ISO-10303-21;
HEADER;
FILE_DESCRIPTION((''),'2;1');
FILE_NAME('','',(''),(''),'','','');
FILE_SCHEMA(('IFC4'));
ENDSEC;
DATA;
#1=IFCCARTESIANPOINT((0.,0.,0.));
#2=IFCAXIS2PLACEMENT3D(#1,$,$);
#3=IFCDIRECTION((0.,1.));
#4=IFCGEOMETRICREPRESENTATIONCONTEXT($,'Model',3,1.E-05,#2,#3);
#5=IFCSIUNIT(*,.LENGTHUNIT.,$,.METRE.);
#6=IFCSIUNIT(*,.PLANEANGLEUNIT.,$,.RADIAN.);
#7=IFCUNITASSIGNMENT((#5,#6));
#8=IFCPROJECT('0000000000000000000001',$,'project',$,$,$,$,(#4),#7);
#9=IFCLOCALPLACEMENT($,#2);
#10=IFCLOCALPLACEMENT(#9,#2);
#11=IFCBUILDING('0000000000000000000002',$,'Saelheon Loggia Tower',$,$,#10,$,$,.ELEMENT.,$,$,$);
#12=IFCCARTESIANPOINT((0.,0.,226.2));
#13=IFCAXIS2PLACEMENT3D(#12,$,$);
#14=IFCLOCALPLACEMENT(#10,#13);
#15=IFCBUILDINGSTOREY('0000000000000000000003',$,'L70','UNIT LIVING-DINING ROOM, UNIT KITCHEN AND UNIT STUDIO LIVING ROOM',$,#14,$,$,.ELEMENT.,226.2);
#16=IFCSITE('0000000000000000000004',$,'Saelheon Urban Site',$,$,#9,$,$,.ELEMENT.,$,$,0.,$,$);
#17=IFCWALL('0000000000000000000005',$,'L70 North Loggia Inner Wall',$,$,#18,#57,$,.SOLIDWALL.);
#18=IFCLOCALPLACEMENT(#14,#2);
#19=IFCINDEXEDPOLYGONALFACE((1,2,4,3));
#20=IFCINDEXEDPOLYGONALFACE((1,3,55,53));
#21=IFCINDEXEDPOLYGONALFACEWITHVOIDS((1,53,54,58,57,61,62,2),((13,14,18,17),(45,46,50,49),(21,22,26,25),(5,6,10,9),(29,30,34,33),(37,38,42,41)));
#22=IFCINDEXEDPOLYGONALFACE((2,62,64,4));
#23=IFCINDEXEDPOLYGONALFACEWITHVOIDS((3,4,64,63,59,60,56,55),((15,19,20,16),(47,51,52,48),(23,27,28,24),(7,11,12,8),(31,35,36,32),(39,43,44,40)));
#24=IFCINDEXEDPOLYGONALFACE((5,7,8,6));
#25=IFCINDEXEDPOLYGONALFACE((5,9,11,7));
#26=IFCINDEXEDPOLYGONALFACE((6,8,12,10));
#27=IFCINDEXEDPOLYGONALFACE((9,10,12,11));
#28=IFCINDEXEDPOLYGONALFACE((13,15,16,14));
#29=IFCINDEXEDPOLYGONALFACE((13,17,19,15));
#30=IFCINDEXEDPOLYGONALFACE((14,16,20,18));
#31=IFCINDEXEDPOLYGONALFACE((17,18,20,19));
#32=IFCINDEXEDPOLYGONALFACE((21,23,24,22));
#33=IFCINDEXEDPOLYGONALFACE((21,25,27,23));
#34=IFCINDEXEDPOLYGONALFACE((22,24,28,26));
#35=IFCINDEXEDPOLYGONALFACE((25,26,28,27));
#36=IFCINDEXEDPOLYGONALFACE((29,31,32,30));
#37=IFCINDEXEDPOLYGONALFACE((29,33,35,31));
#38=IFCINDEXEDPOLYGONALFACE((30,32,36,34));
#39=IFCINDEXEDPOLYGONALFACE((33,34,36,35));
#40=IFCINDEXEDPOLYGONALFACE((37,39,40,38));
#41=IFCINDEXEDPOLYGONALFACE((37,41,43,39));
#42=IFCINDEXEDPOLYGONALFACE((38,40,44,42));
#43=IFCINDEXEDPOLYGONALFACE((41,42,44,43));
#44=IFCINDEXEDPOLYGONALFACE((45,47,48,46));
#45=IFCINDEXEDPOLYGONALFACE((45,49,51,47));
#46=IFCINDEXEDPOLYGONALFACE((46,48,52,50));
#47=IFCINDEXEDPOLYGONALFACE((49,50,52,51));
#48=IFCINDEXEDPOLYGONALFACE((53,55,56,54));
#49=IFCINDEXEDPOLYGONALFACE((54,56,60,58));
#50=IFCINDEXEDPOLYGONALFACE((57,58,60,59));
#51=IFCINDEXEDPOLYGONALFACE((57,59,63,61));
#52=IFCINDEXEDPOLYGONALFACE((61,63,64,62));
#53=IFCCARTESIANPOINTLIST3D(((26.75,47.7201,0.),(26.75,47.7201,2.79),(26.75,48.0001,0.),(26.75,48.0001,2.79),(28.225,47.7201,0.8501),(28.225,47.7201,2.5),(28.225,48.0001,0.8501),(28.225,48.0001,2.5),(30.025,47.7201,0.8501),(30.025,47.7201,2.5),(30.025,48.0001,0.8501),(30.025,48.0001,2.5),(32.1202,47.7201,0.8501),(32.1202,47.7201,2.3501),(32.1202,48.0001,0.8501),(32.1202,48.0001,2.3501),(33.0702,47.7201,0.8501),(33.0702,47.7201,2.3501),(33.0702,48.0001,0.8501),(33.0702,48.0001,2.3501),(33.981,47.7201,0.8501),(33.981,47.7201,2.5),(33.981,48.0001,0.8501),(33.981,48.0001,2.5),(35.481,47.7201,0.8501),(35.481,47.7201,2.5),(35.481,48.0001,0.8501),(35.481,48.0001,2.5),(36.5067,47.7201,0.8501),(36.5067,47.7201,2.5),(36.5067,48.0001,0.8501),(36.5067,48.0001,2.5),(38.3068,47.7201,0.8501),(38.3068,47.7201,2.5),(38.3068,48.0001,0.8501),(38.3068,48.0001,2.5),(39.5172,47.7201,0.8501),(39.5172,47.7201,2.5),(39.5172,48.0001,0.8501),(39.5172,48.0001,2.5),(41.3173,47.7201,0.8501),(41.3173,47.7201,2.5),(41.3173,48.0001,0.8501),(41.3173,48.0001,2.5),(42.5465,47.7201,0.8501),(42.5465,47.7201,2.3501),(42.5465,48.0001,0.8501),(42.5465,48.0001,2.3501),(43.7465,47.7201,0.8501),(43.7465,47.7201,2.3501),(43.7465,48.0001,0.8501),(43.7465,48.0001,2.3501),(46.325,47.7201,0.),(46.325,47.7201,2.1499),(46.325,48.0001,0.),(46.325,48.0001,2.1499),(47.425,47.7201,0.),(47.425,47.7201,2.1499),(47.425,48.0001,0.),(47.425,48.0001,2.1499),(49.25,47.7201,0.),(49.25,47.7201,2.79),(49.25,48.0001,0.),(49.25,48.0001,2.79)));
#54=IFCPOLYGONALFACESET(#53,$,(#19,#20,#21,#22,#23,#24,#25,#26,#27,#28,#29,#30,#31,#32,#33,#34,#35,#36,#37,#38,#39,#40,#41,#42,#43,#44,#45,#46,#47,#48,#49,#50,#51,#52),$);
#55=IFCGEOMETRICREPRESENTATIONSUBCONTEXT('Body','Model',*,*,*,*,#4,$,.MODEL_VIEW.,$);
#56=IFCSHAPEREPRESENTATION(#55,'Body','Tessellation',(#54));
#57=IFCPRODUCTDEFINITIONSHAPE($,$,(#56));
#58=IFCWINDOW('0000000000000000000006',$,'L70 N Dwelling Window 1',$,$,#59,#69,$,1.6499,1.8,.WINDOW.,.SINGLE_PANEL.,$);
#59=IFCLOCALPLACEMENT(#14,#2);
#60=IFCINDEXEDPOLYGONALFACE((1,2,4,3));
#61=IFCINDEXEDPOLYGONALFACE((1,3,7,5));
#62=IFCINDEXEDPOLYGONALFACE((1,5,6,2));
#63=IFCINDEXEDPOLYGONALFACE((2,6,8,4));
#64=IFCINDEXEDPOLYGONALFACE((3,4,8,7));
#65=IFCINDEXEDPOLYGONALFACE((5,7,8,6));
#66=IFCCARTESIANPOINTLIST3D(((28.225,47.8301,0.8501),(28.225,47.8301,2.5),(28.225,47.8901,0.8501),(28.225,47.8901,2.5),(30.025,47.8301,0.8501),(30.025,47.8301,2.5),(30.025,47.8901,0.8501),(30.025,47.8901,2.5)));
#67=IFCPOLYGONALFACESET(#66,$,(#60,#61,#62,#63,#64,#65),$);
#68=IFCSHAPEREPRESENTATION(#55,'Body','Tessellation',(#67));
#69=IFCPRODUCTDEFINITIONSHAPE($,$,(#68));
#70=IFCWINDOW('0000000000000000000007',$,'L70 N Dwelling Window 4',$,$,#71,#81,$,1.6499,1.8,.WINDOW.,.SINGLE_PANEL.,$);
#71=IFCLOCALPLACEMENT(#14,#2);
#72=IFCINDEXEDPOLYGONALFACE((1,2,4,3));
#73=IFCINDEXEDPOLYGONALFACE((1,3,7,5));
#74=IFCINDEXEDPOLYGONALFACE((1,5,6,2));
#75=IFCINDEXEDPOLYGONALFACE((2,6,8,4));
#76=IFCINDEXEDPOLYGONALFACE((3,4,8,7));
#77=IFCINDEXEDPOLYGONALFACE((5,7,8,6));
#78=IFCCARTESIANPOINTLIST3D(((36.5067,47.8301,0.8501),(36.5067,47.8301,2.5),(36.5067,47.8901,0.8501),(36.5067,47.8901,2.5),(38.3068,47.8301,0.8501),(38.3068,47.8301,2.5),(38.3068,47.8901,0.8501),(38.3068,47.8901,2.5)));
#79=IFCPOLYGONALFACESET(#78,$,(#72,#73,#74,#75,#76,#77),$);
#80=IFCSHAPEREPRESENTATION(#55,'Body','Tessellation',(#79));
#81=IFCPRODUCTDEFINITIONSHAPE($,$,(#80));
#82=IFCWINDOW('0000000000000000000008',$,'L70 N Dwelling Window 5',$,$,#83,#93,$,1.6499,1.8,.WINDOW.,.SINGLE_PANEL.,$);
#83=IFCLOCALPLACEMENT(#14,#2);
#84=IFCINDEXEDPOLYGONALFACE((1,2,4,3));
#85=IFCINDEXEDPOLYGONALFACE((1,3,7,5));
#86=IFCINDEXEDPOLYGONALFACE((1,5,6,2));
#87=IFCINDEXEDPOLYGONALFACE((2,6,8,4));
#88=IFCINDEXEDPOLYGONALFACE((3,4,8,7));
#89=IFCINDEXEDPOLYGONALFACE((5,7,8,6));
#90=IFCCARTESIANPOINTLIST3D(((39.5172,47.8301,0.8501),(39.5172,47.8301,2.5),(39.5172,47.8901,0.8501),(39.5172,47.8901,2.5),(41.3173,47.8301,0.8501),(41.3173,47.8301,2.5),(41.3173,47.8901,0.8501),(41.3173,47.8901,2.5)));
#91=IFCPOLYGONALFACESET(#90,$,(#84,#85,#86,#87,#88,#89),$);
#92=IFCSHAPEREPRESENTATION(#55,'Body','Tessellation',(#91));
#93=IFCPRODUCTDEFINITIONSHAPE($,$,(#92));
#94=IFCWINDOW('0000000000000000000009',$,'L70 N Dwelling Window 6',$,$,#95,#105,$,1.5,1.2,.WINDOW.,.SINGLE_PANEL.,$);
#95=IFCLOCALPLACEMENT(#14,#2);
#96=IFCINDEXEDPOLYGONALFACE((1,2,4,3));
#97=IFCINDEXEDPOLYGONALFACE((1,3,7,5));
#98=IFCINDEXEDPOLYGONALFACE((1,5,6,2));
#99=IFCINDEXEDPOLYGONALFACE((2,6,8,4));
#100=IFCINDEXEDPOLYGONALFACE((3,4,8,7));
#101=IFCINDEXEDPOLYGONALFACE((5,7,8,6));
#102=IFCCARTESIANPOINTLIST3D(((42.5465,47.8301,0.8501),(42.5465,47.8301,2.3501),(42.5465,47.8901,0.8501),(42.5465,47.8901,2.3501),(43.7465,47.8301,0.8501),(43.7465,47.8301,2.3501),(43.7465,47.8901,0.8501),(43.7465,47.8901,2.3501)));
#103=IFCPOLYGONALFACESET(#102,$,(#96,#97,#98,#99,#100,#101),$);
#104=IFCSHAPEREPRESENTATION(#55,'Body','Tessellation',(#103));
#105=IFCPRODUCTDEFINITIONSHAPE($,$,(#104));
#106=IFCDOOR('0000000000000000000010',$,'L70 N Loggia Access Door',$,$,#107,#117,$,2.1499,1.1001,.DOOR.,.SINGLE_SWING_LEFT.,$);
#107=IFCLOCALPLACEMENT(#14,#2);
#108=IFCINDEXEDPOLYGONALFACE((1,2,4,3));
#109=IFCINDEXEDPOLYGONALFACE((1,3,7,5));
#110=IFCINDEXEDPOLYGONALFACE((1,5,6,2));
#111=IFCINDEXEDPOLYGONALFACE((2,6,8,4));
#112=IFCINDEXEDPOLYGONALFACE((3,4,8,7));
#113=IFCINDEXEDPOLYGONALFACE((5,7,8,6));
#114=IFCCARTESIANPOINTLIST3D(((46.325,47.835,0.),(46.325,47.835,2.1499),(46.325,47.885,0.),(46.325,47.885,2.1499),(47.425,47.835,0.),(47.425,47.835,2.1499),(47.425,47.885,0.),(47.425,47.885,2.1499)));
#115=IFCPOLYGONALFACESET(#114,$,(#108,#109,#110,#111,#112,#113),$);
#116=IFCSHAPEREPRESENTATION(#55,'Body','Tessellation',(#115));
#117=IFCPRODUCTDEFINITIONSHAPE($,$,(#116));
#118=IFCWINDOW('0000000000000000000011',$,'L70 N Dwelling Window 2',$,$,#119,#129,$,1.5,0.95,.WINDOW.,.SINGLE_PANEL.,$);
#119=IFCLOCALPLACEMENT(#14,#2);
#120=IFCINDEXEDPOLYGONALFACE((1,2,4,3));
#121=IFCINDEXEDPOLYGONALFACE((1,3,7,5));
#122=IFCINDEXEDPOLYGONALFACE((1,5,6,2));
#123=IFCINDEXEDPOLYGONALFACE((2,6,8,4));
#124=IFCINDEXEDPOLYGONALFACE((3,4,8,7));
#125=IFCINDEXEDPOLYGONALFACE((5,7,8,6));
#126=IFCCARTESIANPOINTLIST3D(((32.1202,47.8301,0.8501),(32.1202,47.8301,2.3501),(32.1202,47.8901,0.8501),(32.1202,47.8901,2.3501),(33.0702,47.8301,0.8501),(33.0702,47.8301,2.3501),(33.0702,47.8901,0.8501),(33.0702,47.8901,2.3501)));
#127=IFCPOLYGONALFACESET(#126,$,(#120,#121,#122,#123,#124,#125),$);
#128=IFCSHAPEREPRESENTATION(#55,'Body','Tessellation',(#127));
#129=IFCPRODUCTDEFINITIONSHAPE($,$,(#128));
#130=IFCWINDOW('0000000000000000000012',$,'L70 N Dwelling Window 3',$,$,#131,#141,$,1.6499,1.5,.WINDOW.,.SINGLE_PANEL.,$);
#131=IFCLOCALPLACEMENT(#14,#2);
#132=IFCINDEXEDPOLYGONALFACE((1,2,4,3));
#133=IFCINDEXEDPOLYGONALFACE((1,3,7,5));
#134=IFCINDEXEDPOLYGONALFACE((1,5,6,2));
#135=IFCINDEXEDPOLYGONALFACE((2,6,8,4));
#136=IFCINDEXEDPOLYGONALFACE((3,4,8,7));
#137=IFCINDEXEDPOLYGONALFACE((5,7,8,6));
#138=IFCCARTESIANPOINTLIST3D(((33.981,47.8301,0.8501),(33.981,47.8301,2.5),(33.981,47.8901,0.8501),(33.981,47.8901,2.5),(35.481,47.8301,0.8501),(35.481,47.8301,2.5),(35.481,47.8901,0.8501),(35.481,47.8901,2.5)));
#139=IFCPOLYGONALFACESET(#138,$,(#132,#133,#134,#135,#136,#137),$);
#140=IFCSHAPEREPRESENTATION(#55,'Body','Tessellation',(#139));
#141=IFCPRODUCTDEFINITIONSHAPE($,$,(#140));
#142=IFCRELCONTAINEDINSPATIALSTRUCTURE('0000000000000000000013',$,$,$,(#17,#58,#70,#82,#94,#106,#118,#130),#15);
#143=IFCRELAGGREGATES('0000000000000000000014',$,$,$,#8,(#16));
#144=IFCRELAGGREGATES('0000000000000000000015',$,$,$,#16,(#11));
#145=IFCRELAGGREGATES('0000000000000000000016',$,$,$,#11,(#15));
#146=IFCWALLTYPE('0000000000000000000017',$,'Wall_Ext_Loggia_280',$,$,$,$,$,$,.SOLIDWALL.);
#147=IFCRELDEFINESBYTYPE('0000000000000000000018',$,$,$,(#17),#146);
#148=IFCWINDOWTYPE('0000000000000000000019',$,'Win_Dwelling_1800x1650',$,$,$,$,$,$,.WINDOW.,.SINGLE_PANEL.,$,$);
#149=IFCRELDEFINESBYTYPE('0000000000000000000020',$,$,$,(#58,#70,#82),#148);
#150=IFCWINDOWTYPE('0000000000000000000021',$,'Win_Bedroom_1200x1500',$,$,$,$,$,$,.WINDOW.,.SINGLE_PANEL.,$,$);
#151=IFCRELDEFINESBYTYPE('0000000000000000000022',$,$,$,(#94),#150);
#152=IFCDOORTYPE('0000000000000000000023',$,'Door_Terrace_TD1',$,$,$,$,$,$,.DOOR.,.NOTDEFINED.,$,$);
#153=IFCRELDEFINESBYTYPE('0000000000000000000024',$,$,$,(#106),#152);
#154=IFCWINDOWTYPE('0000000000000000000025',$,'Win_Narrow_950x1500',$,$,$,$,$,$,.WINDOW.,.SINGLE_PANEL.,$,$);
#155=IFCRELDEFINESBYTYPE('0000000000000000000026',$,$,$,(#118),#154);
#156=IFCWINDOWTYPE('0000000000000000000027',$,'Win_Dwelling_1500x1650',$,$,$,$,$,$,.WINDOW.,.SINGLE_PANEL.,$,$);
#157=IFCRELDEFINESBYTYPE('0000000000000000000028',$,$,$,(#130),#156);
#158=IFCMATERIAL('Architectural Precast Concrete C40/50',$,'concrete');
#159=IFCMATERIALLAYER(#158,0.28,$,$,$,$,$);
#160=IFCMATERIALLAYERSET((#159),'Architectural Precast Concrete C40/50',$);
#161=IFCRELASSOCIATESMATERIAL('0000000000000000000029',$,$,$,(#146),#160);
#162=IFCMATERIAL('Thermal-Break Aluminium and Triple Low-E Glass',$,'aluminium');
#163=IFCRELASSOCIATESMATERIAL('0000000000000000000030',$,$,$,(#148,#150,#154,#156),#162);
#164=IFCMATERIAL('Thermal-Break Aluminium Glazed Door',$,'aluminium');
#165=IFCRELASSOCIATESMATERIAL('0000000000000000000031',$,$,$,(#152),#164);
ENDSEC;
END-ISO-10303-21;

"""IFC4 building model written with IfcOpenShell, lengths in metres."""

from ifc_helpers import new_model, si_unit, direction, frame, frame_2d, origin, place, context, subcontext, project, spatial, rectangle, extrude, source, transform, mapped, material, layer, layer_set, type_object, element, fill, save


model = new_model("IFC4")

# Units and contexts
model_context = context("Model", 3, precision=1e-05, world=origin(), true_north=direction((0.0, 1.0)))
body_context = subcontext(model_context, "Body", "Model", "MODEL_VIEW")
ifc_project = project(units=[si_unit("LENGTHUNIT", "METRE"), si_unit("PLANEANGLEUNIT", "RADIAN")], contexts=[model_context])

# Site, building, storey
site_placement = place(None, origin())
site = spatial("IfcSite", under=ifc_project, at=site_placement, Name="Saelheon Urban Site", CompositionType="ELEMENT", RefElevation=0.0)
building_placement = place(site_placement, origin())
building = spatial("IfcBuilding", under=site, at=building_placement, Name="Saelheon Loggia Tower", CompositionType="ELEMENT")
storey_placement = place(building_placement, frame((0.0, 0.0, 226.2)))
storey = spatial("IfcBuildingStorey", under=building, at=storey_placement, Name="L70", Description="UNIT LIVING-DINING ROOM, UNIT KITCHEN AND UNIT STUDIO LIVING ROOM", CompositionType="ELEMENT", Elevation=226.2)

# Wall, openings, windows, door
ifc_material_1 = material(Name="Architectural Precast Concrete C40/50", Category="concrete")
ifc_layer_1 = layer(ifc_material_1, 0.28)
ifc_layer_set_1 = layer_set([ifc_layer_1], Name="Architectural Precast Concrete C40/50")
wall_type = type_object("IfcWallType", Name="Wall_Ext_Loggia_280", PredefinedType="SOLIDWALL", material=ifc_layer_set_1)
wall_placement = place(storey_placement, frame((26.75, 47.8601, 0.0), z_axis=(0.0, 0.0, 1.0), x_axis=(1.0, 0.0, 0.0)))
wall = element("IfcWall", 1, at=wall_placement, inside=storey, type_object=wall_type, Name="L70 North Loggia Inner Wall", PredefinedType="SOLIDWALL", context=body_context, shape_type="SweptSolid", body=[
    extrude(rectangle(XDim=22.5, YDim=0.28, at=frame_2d((11.25, 0.0))), origin(), (0.0, 0.0, 1.0), 2.79),
])
opening_1_placement = place(wall_placement, frame((1.4751, 0.0, 0.8501)))
opening_1 = element("IfcOpeningElement", 2, at=opening_1_placement, cuts=wall, PredefinedType="OPENING", context=body_context, shape_type="SweptSolid", body=[
    extrude(rectangle(XDim=1.8, YDim=1.6499, at=frame_2d((0.8999, 0.825))), frame((0.0, 0.1521, 0.0), z_axis=(0.0, -1.0, 0.0), x_axis=(1.0, 0.0, 0.0)), (0.0, 0.0, 1.0), 0.304),
])
opening_2_placement = place(wall_placement, frame((5.3701, 0.0, 0.8501)))
opening_2 = element("IfcOpeningElement", 3, at=opening_2_placement, cuts=wall, PredefinedType="OPENING", context=body_context, shape_type="SweptSolid", body=[
    extrude(rectangle(XDim=0.95, YDim=1.5, at=frame_2d((0.4751, 0.75))), frame((0.0, 0.1521, 0.0), z_axis=(0.0, -1.0, 0.0), x_axis=(1.0, 0.0, 0.0)), (0.0, 0.0, 1.0), 0.304),
])
opening_3_placement = place(wall_placement, frame((7.231, 0.0, 0.8501)))
opening_3 = element("IfcOpeningElement", 4, at=opening_3_placement, cuts=wall, PredefinedType="OPENING", context=body_context, shape_type="SweptSolid", body=[
    extrude(rectangle(XDim=1.5, YDim=1.6499, at=frame_2d((0.75, 0.825))), frame((0.0, 0.1521, 0.0), z_axis=(0.0, -1.0, 0.0), x_axis=(1.0, 0.0, 0.0)), (0.0, 0.0, 1.0), 0.304),
])
opening_4_placement = place(wall_placement, frame((9.7568, 0.0, 0.8501)))
opening_4 = element("IfcOpeningElement", 5, at=opening_4_placement, cuts=wall, PredefinedType="OPENING", context=body_context, shape_type="SweptSolid", body=[
    extrude(rectangle(XDim=1.8, YDim=1.6499, at=frame_2d((0.8999, 0.825))), frame((0.0, 0.1521, 0.0), z_axis=(0.0, -1.0, 0.0), x_axis=(1.0, 0.0, 0.0)), (0.0, 0.0, 1.0), 0.304),
])
opening_5_placement = place(wall_placement, frame((12.7673, 0.0, 0.8501)))
opening_5 = element("IfcOpeningElement", 6, at=opening_5_placement, cuts=wall, PredefinedType="OPENING", context=body_context, shape_type="SweptSolid", body=[
    extrude(rectangle(XDim=1.8, YDim=1.6499, at=frame_2d((0.8999, 0.825))), frame((0.0, 0.1521, 0.0), z_axis=(0.0, -1.0, 0.0), x_axis=(1.0, 0.0, 0.0)), (0.0, 0.0, 1.0), 0.304),
])
opening_6_placement = place(wall_placement, frame((15.7964, 0.0, 0.8501)))
opening_6 = element("IfcOpeningElement", 7, at=opening_6_placement, cuts=wall, PredefinedType="OPENING", context=body_context, shape_type="SweptSolid", body=[
    extrude(rectangle(XDim=1.2, YDim=1.5, at=frame_2d((0.6001, 0.75))), frame((0.0, 0.1521, 0.0), z_axis=(0.0, -1.0, 0.0), x_axis=(1.0, 0.0, 0.0)), (0.0, 0.0, 1.0), 0.304),
])
opening_7_placement = place(wall_placement, frame((19.575, 0.0, 0.0)))
opening_7 = element("IfcOpeningElement", 8, at=opening_7_placement, cuts=wall, PredefinedType="OPENING", context=body_context, shape_type="SweptSolid", body=[
    extrude(rectangle(XDim=1.1001, YDim=2.1499, at=frame_2d((0.55, 1.075))), frame((0.0, 0.1521, 0.0), z_axis=(0.0, -1.0, 0.0), x_axis=(1.0, 0.0, 0.0)), (0.0, 0.0, 1.0), 0.304),
])
ifc_material_2 = material(Name="Thermal-Break Aluminium and Triple Low-E Glass", Category="aluminium")
window_type_1 = type_object("IfcWindowType", Name="Win_Dwelling_1800x1650", PartitioningType="SINGLE_PANEL", PredefinedType="WINDOW", material=ifc_material_2)
shared_shape_1 = source(origin(), body_context, "Body", "SweptSolid", [
    extrude(rectangle(XDim=1.8, YDim=1.6499, at=frame_2d((0.8999, 0.825))), frame((0.0, 0.03, 0.0), z_axis=(0.0, -1.0, 0.0), x_axis=(1.0, 0.0, 0.0)), (0.0, 0.0, 1.0), 0.0601),
])
window_1_placement = place(opening_1_placement, origin())
window_1 = element("IfcWindow", 9, at=window_1_placement, inside=storey, type_object=window_type_1, Name="L70 N Dwelling Window 1", OverallHeight=1.6499, OverallWidth=1.8, PartitioningType="SINGLE_PANEL", PredefinedType="WINDOW", context=body_context, shape_type="MappedRepresentation", body=[
    mapped(shared_shape_1, transform((0.0, 0.0, 0.0), scale=1.0)),
])
fill(opening_1, window_1)
window_2_placement = place(opening_4_placement, origin())
window_2 = element("IfcWindow", 10, at=window_2_placement, inside=storey, type_object=window_type_1, Name="L70 N Dwelling Window 4", OverallHeight=1.6499, OverallWidth=1.8, PartitioningType="SINGLE_PANEL", PredefinedType="WINDOW", context=body_context, shape_type="MappedRepresentation", body=[
    mapped(shared_shape_1, transform((0.0, 0.0, 0.0), scale=1.0)),
])
fill(opening_4, window_2)
window_3_placement = place(opening_5_placement, origin())
window_3 = element("IfcWindow", 11, at=window_3_placement, inside=storey, type_object=window_type_1, Name="L70 N Dwelling Window 5", OverallHeight=1.6499, OverallWidth=1.8, PartitioningType="SINGLE_PANEL", PredefinedType="WINDOW", context=body_context, shape_type="MappedRepresentation", body=[
    mapped(shared_shape_1, transform((0.0, 0.0, 0.0), scale=1.0)),
])
fill(opening_5, window_3)
window_type_2 = type_object("IfcWindowType", Name="Win_Bedroom_1200x1500", PartitioningType="SINGLE_PANEL", PredefinedType="WINDOW", material=ifc_material_2)
shared_shape_2 = source(origin(), body_context, "Body", "SweptSolid", [
    extrude(rectangle(XDim=1.2, YDim=1.5, at=frame_2d((0.6001, 0.75))), frame((0.0, 0.03, 0.0), z_axis=(0.0, -1.0, 0.0), x_axis=(1.0, 0.0, 0.0)), (0.0, 0.0, 1.0), 0.0601),
])
window_4_placement = place(opening_6_placement, origin())
window_4 = element("IfcWindow", 12, at=window_4_placement, inside=storey, type_object=window_type_2, Name="L70 N Dwelling Window 6", OverallHeight=1.5, OverallWidth=1.2, PartitioningType="SINGLE_PANEL", PredefinedType="WINDOW", context=body_context, shape_type="MappedRepresentation", body=[
    mapped(shared_shape_2, transform((0.0, 0.0, 0.0), scale=1.0)),
])
fill(opening_6, window_4)
ifc_material_3 = material(Name="Thermal-Break Aluminium Glazed Door", Category="aluminium")
door_type = type_object("IfcDoorType", Name="Door_Terrace_TD1", OperationType="NOTDEFINED", PredefinedType="DOOR", material=ifc_material_3)
shared_shape_3 = source(origin(), body_context, "Body", "SweptSolid", [
    extrude(rectangle(XDim=1.1001, YDim=2.1499, at=frame_2d((0.55, 1.075))), frame((0.0, 0.0249, 0.0), z_axis=(0.0, -1.0, 0.0), x_axis=(1.0, 0.0, 0.0)), (0.0, 0.0, 1.0), 0.05),
])
door_placement = place(opening_7_placement, origin())
door = element("IfcDoor", 13, at=door_placement, inside=storey, type_object=door_type, Name="L70 N Loggia Access Door", OperationType="SINGLE_SWING_LEFT", OverallHeight=2.1499, OverallWidth=1.1001, PredefinedType="DOOR", context=body_context, shape_type="MappedRepresentation", body=[
    mapped(shared_shape_3, transform((0.0, 0.0, 0.0), scale=1.0)),
])
fill(opening_7, door)
window_type_3 = type_object("IfcWindowType", Name="Win_Narrow_950x1500", PartitioningType="SINGLE_PANEL", PredefinedType="WINDOW", material=ifc_material_2)
shared_shape_4 = source(origin(), body_context, "Body", "SweptSolid", [
    extrude(rectangle(XDim=0.95, YDim=1.5, at=frame_2d((0.4751, 0.75))), frame((0.0, 0.03, 0.0), z_axis=(0.0, -1.0, 0.0), x_axis=(1.0, 0.0, 0.0)), (0.0, 0.0, 1.0), 0.0601),
])
window_5_placement = place(opening_2_placement, origin())
window_5 = element("IfcWindow", 14, at=window_5_placement, inside=storey, type_object=window_type_3, Name="L70 N Dwelling Window 2", OverallHeight=1.5, OverallWidth=0.95, PartitioningType="SINGLE_PANEL", PredefinedType="WINDOW", context=body_context, shape_type="MappedRepresentation", body=[
    mapped(shared_shape_4, transform((0.0, 0.0, 0.0), scale=1.0)),
])
fill(opening_2, window_5)
window_type_4 = type_object("IfcWindowType", Name="Win_Dwelling_1500x1650", PartitioningType="SINGLE_PANEL", PredefinedType="WINDOW", material=ifc_material_2)
shared_shape_5 = source(origin(), body_context, "Body", "SweptSolid", [
    extrude(rectangle(XDim=1.5, YDim=1.6499, at=frame_2d((0.75, 0.825))), frame((0.0, 0.03, 0.0), z_axis=(0.0, -1.0, 0.0), x_axis=(1.0, 0.0, 0.0)), (0.0, 0.0, 1.0), 0.0601),
])
window_6_placement = place(opening_3_placement, origin())
window_6 = element("IfcWindow", 15, at=window_6_placement, inside=storey, type_object=window_type_4, Name="L70 N Dwelling Window 3", OverallHeight=1.6499, OverallWidth=1.5, PartitioningType="SINGLE_PANEL", PredefinedType="WINDOW", context=body_context, shape_type="MappedRepresentation", body=[
    mapped(shared_shape_5, transform((0.0, 0.0, 0.0), scale=1.0)),
])
fill(opening_3, window_6)

save(model, "model.ifc")
